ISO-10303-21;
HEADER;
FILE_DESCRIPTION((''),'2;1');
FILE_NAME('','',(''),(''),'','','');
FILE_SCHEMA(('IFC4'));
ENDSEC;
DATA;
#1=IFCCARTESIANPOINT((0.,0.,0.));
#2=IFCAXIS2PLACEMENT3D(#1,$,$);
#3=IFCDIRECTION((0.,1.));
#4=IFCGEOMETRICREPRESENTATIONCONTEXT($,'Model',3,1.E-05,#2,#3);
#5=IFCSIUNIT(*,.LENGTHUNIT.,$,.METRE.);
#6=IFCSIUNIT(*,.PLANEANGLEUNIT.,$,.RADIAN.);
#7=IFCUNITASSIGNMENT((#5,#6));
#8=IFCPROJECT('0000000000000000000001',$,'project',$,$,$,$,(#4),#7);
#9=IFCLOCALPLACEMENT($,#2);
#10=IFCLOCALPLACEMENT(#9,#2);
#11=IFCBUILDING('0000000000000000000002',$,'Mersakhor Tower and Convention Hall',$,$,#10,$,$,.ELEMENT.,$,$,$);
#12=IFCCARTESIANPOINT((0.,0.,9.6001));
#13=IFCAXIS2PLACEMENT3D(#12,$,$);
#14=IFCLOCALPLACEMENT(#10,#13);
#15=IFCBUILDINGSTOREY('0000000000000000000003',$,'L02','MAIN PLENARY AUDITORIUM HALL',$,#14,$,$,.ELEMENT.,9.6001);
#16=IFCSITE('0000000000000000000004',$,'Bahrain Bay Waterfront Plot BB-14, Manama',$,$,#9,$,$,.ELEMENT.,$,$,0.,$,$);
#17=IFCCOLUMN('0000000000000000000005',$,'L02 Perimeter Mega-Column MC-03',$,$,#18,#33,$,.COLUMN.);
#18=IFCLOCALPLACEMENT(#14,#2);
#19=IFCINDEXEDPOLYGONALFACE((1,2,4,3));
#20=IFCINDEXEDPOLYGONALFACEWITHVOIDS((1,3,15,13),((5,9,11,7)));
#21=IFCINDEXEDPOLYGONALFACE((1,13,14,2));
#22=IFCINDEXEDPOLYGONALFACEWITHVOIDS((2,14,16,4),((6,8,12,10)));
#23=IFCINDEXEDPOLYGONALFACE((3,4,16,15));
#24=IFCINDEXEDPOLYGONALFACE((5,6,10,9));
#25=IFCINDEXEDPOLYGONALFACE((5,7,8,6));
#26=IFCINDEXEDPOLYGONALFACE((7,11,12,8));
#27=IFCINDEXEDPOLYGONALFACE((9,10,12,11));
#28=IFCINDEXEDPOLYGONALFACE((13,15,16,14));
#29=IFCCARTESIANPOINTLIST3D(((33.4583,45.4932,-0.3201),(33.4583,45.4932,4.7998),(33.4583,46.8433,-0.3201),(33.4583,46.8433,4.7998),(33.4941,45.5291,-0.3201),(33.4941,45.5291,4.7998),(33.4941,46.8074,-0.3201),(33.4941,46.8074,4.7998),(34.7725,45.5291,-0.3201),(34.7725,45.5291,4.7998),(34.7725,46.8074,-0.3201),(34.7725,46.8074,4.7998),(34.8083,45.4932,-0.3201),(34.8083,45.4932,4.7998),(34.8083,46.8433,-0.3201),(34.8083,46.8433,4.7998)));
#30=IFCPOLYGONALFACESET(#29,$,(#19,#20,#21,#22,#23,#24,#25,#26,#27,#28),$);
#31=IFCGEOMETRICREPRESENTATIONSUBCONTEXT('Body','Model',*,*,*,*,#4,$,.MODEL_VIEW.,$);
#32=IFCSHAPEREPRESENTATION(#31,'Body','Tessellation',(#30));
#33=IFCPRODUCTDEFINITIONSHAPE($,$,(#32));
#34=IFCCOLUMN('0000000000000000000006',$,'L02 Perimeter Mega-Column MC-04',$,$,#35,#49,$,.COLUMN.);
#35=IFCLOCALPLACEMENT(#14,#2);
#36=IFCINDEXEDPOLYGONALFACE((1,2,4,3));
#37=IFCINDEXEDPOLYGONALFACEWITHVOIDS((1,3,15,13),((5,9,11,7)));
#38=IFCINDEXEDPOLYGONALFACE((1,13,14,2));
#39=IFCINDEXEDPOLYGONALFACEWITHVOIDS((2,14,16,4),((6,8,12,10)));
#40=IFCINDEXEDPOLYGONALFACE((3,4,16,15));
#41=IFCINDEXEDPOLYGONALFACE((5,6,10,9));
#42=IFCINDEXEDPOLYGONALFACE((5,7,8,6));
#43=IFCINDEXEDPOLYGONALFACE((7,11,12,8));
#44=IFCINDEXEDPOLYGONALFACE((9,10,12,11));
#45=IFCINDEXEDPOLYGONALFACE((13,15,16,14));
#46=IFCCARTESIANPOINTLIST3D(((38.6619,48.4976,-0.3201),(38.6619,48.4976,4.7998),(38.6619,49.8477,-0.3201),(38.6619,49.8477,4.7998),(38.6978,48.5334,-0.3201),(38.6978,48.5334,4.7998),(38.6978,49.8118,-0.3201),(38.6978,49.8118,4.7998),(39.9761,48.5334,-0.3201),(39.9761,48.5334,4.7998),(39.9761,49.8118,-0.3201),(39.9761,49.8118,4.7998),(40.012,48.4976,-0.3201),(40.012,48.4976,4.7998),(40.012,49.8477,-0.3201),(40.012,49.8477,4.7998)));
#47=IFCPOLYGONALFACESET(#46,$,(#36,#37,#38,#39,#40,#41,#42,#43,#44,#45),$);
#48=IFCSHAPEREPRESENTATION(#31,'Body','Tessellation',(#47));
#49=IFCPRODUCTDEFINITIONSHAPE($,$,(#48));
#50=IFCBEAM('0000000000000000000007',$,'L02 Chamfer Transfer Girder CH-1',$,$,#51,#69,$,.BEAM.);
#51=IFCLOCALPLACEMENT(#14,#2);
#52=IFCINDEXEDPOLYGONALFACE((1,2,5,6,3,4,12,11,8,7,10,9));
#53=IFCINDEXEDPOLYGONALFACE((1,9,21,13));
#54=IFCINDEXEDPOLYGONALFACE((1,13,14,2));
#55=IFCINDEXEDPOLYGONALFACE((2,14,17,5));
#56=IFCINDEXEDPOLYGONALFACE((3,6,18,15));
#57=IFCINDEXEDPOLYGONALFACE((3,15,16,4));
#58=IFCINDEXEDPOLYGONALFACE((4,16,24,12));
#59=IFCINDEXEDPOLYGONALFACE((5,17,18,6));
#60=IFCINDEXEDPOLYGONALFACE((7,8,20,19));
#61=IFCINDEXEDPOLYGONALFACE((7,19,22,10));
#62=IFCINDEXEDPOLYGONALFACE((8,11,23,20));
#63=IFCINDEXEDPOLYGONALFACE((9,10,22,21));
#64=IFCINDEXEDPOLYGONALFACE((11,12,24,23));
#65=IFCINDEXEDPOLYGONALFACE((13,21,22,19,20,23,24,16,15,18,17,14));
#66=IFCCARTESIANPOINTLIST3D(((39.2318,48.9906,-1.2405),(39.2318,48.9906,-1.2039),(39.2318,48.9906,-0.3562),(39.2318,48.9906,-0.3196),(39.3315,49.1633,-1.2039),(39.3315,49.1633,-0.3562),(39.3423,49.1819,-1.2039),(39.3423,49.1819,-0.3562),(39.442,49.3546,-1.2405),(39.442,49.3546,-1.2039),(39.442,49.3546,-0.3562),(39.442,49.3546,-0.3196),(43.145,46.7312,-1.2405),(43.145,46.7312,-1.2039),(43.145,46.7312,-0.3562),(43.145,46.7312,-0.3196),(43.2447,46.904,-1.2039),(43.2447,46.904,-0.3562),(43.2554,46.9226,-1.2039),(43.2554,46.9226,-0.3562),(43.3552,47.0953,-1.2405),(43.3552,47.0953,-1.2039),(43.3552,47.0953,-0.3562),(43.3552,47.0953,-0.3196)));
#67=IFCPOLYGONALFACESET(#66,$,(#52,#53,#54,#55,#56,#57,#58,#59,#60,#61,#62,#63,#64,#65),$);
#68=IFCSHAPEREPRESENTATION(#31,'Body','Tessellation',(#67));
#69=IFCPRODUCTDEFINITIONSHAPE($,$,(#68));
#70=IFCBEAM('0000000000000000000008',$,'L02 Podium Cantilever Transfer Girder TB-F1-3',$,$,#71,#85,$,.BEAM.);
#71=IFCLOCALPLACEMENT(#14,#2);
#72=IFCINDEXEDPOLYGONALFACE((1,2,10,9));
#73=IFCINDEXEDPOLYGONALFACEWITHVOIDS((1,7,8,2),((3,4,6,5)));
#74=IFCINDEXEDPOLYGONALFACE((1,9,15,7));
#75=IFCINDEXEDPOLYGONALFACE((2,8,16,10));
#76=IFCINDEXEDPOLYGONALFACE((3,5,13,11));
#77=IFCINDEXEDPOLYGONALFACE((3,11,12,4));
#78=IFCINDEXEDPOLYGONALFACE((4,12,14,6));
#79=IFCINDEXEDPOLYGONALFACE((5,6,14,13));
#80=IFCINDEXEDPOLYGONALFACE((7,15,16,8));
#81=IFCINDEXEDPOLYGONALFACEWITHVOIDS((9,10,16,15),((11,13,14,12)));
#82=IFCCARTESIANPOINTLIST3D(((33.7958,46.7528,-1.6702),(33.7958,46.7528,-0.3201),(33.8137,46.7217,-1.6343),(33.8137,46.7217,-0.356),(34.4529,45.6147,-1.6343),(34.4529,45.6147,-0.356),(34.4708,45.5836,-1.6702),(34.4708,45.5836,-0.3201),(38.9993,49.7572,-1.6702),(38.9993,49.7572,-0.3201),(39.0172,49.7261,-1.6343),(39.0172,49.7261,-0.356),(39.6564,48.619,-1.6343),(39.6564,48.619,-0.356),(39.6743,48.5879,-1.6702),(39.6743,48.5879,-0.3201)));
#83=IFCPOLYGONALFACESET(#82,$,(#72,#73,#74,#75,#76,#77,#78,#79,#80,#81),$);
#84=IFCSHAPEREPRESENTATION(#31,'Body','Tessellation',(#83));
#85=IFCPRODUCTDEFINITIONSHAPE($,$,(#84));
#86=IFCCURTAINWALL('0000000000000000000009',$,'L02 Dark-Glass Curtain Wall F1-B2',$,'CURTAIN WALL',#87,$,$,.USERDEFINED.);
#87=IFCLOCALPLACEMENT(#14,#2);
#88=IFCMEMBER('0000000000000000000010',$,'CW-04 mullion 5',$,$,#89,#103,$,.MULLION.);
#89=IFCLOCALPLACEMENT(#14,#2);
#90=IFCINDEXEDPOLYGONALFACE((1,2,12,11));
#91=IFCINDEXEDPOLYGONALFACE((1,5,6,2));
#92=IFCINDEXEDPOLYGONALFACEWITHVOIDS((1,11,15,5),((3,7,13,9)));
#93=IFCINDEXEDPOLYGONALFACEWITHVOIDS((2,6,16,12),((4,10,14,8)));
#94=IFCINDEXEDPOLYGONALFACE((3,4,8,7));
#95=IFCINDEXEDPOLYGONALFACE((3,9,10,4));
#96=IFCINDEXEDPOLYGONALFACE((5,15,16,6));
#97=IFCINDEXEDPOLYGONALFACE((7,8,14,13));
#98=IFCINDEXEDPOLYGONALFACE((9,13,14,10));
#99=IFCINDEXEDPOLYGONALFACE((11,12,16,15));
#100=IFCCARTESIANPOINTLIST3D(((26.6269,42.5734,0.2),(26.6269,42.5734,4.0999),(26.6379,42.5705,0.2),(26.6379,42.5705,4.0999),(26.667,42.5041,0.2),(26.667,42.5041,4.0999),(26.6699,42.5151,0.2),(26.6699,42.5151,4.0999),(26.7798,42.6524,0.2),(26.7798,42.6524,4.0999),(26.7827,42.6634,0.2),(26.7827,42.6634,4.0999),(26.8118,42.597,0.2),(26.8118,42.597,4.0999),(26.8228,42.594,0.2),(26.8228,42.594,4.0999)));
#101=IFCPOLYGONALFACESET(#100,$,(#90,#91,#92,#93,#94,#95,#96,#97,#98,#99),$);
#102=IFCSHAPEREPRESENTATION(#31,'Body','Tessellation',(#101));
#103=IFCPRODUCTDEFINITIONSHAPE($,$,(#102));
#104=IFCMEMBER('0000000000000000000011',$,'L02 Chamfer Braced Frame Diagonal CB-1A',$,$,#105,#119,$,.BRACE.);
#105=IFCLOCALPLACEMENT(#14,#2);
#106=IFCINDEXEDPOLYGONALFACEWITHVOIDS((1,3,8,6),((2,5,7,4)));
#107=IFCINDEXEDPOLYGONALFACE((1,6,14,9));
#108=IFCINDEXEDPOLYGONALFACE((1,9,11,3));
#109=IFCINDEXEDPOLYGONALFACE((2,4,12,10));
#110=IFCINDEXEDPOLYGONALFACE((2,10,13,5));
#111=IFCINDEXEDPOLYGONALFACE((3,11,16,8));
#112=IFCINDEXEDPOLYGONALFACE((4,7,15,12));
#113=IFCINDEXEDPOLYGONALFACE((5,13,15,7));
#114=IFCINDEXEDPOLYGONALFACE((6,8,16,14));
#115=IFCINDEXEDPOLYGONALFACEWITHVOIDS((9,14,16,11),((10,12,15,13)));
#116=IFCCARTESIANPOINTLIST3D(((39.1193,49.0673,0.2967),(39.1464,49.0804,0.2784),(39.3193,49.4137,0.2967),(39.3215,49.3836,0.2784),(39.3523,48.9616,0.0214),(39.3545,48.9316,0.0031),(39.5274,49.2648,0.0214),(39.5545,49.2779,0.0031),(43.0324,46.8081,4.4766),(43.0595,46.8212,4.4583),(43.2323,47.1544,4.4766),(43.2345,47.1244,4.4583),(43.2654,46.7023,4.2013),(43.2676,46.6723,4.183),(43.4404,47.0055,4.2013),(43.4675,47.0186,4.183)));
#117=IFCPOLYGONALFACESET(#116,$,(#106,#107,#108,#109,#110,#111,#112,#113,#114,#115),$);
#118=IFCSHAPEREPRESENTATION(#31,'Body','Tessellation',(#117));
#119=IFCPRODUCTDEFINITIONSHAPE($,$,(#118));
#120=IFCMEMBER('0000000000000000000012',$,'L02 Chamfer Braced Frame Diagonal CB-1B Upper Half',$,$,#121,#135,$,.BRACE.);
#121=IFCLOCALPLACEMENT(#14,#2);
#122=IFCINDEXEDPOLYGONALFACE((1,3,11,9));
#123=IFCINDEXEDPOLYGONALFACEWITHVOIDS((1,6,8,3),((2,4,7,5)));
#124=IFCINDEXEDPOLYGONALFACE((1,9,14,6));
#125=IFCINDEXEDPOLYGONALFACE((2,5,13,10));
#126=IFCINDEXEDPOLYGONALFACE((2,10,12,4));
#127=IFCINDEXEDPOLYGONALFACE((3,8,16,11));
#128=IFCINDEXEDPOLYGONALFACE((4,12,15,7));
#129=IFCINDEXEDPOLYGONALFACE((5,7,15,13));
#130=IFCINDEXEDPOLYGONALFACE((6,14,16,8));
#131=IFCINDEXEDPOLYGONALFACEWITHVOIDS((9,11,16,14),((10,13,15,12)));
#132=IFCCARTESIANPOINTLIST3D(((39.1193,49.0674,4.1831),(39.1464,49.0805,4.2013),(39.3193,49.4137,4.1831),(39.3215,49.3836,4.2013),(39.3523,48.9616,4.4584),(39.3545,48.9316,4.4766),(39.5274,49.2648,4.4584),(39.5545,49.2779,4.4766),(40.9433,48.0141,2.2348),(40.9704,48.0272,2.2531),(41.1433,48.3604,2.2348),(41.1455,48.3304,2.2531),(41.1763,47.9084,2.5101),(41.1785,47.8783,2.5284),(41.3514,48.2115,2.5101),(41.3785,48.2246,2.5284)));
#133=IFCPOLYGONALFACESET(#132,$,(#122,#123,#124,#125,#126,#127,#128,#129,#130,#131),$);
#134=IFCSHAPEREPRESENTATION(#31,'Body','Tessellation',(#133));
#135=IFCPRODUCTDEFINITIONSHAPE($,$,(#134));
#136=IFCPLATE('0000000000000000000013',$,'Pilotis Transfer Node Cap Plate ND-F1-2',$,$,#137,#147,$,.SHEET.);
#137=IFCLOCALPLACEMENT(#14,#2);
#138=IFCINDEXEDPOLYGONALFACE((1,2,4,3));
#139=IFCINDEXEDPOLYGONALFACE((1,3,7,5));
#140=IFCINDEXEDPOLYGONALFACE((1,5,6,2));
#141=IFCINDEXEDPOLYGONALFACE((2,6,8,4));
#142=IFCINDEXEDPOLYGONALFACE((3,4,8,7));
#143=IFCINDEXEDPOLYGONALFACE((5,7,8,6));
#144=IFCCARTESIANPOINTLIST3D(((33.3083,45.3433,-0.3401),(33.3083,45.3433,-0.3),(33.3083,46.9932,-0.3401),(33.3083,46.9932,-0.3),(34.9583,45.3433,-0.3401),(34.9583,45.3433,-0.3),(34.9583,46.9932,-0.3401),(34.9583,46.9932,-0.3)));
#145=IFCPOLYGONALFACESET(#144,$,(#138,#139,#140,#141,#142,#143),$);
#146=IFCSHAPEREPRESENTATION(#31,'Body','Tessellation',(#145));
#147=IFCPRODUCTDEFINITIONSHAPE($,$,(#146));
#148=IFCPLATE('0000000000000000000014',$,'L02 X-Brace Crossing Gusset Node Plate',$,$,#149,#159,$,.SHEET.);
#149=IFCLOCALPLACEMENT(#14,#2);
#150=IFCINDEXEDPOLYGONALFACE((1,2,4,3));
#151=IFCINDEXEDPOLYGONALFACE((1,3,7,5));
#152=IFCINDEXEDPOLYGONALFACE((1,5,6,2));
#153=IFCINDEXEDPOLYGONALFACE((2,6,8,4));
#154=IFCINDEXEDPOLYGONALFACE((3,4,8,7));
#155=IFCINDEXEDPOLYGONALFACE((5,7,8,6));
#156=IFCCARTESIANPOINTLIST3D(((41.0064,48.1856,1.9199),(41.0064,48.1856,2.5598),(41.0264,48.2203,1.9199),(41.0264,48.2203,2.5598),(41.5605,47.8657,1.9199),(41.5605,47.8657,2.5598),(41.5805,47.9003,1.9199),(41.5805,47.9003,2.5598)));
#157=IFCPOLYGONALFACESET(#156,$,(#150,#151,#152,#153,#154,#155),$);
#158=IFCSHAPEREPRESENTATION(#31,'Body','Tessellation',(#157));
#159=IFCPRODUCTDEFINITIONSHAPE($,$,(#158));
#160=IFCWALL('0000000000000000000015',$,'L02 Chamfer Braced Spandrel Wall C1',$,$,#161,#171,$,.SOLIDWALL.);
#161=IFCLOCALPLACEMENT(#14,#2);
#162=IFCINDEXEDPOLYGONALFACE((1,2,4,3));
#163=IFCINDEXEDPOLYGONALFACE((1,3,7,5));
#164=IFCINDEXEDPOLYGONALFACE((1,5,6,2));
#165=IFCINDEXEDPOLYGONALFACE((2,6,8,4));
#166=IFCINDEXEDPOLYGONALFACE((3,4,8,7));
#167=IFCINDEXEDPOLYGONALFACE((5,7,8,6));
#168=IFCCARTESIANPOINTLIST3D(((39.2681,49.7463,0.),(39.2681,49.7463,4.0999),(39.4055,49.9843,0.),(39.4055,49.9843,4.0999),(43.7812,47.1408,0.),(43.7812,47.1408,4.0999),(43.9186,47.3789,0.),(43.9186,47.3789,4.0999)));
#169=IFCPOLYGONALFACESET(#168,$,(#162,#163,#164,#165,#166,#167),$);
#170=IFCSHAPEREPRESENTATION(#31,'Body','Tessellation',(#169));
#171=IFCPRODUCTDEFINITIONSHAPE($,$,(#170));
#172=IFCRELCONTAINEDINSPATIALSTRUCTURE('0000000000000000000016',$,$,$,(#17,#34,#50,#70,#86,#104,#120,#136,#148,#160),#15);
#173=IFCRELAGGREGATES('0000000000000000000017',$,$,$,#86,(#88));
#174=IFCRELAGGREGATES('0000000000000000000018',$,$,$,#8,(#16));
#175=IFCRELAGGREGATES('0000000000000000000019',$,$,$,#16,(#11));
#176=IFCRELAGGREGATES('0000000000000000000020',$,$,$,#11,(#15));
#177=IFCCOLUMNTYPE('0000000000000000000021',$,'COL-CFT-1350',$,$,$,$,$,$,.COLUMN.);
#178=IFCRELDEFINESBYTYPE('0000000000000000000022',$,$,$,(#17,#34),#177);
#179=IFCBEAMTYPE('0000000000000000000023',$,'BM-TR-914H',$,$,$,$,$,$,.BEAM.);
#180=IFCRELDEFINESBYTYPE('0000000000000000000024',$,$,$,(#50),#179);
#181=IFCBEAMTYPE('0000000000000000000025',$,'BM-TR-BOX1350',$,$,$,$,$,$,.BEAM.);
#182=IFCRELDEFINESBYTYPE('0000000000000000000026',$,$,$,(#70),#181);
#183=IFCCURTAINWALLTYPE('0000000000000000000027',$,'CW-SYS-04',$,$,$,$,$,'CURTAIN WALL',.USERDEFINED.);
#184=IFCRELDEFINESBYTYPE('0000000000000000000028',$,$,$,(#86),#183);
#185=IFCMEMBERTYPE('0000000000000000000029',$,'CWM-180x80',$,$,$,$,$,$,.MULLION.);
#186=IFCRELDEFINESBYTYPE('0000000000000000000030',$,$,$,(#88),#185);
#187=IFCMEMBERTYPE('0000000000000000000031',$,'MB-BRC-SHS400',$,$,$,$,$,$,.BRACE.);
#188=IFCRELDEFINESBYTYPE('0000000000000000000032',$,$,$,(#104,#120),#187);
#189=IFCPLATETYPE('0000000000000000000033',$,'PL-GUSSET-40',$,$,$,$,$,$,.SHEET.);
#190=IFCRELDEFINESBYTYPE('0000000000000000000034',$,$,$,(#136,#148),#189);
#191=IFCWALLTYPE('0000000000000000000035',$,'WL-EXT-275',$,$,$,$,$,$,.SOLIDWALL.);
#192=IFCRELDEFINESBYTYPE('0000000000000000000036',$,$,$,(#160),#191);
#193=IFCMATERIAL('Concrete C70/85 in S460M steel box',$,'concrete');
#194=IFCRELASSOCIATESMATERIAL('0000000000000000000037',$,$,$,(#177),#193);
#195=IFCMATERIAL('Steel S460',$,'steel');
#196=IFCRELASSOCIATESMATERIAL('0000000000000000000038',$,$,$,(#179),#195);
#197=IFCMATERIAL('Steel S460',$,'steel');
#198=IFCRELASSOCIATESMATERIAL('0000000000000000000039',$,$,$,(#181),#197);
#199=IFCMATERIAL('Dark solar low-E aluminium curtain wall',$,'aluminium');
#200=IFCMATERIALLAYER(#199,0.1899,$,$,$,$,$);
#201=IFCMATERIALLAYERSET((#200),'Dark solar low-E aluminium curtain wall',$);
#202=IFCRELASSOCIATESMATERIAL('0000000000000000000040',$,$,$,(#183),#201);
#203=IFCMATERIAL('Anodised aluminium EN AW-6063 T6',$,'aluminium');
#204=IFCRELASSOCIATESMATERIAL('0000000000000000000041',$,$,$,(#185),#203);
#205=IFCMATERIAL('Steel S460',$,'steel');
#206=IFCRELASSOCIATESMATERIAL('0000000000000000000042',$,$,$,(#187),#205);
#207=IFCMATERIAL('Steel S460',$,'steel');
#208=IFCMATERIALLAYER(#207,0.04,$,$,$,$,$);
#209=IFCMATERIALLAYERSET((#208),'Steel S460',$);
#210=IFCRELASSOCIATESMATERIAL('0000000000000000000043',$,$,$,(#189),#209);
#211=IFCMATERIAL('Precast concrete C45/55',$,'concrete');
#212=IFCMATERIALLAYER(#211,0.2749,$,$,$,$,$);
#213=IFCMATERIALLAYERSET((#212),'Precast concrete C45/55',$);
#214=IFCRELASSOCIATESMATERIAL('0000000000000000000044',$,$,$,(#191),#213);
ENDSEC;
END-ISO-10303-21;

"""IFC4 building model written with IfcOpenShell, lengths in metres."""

from ifc_helpers import new_model, si_unit, direction, frame, frame_2d, origin, origin_2d, place, context, subcontext, project, spatial, rectangle, hollow_rectangle, i_section, extrude, material, layer, layer_set, material_profile, profile_set, type_object, element, aggregate, save


model = new_model("IFC4")

# Units and contexts
model_context = context("Model", 3, precision=1e-05, world=origin(), true_north=direction((0.0, 1.0)))
body_context = subcontext(model_context, "Body", "Model", "MODEL_VIEW")
ifc_project = project(units=[si_unit("LENGTHUNIT", "METRE"), si_unit("PLANEANGLEUNIT", "RADIAN")], contexts=[model_context])

# Site, building, storey
site_placement = place(None, origin())
site = spatial("IfcSite", under=ifc_project, at=site_placement, Name="Bahrain Bay Waterfront Plot BB-14, Manama", CompositionType="ELEMENT", RefElevation=0.0)
building_placement = place(site_placement, origin())
building = spatial("IfcBuilding", under=site, at=building_placement, Name="Mersakhor Tower and Convention Hall", CompositionType="ELEMENT")
storey_placement = place(building_placement, frame((0.0, 0.0, 9.6001)))
storey = spatial("IfcBuildingStorey", under=building, at=storey_placement, Name="L02", Description="MAIN PLENARY AUDITORIUM HALL", CompositionType="ELEMENT", Elevation=9.6001)

# Columns
ifc_material_1 = material(Name="Concrete C70/85 in S460M steel box", Category="concrete")
ifc_material_profile_1 = material_profile(ifc_material_1, hollow_rectangle(XDim=1.3501, YDim=1.3501, WallThickness=0.0359, at=origin_2d()), Name="SHS 1350x1350x36")
ifc_profile_set_1 = profile_set([ifc_material_profile_1], Name="Concrete C70/85 in S460M steel box")
column_type = type_object("IfcColumnType", Name="COL-CFT-1350", PredefinedType="COLUMN", material=ifc_profile_set_1)
for number, where, z_axis, x_axis, name in (
    (1, (34.1333, 46.1682, -0.3201), (0.0, 0.0, 1.0), (1.0, 0.0, 0.0), "L02 Perimeter Mega-Column MC-03"),
    (2, (39.3369, 49.1726, -0.3201), (0.0, 0.0, 1.0), (1.0, 0.0, 0.0), "L02 Perimeter Mega-Column MC-04"),
):
    element("IfcColumn", number, at=place(storey_placement, frame(where, z_axis=z_axis, x_axis=x_axis)), inside=storey, type_object=column_type, Name=name, PredefinedType="COLUMN", context=body_context, shape_type="SweptSolid", body=[
        extrude(hollow_rectangle(XDim=1.3501, YDim=1.3501, WallThickness=0.0359, at=origin_2d()), origin(), (0.0, 0.0, 1.0), 5.1199),
    ])

# Beams
ifc_material_2 = material(Name="Steel S460", Category="steel")
ifc_material_profile_2 = material_profile(ifc_material_2, i_section(OverallWidth=0.4204, OverallDepth=0.9209, WebThickness=0.0215, FlangeThickness=0.0366, at=origin_2d()), Name="UB 914x419x388")
ifc_profile_set_2 = profile_set([ifc_material_profile_2], Name="Steel S460")
beam_type_1 = type_object("IfcBeamType", Name="BM-TR-914H", PredefinedType="BEAM", material=ifc_profile_set_2)
beam_1_placement = place(storey_placement, frame((39.3369, 49.1726, -0.78), z_axis=(0.86602, -0.500009, 0.0), x_axis=(0.500009, 0.86602, 0.0)))
element("IfcBeam", 3, at=beam_1_placement, inside=storey, type_object=beam_type_1, Name="L02 Chamfer Transfer Girder CH-1", PredefinedType="BEAM", context=body_context, shape_type="SweptSolid", body=[
    extrude(i_section(OverallWidth=0.4204, OverallDepth=0.9209, WebThickness=0.0215, FlangeThickness=0.0366, at=origin_2d()), origin(), (0.0, 0.0, 1.0), 4.5186),
])
ifc_material_3 = material(Name="Steel S460", Category="steel")
ifc_material_profile_3 = material_profile(ifc_material_3, hollow_rectangle(XDim=1.3501, YDim=1.3501, WallThickness=0.0359, at=origin_2d()), Name="SHS 1350x1350x36")
ifc_profile_set_3 = profile_set([ifc_material_profile_3], Name="Steel S460")
beam_type_2 = type_object("IfcBeamType", Name="BM-TR-BOX1350", PredefinedType="BEAM", material=ifc_profile_set_3)
beam_2_placement = place(storey_placement, frame((34.1333, 46.1682, -0.9951), z_axis=(0.866019, 0.500011, 0.0), x_axis=(-0.500011, 0.866019, 0.0)))
element("IfcBeam", 4, at=beam_2_placement, inside=storey, type_object=beam_type_2, Name="L02 Podium Cantilever Transfer Girder TB-F1-3", PredefinedType="BEAM", context=body_context, shape_type="SweptSolid", body=[
    extrude(hollow_rectangle(XDim=1.3501, YDim=1.3501, WallThickness=0.0359, at=origin_2d()), origin(), (0.0, 0.0, 1.0), 6.0085),
])

# Curtain wall, member
ifc_material_4 = material(Name="Dark solar low-E aluminium curtain wall", Category="aluminium")
ifc_layer_1 = layer(ifc_material_4, 0.1899)
ifc_layer_set_1 = layer_set([ifc_layer_1], Name="Dark solar low-E aluminium curtain wall")
curtain_wall_type = type_object("IfcCurtainWallType", Name="CW-SYS-04", ElementType="CURTAIN WALL", PredefinedType="USERDEFINED", material=ifc_layer_set_1)
curtain_wall_placement = place(storey_placement, origin())
curtain_wall = element("IfcCurtainWall", 5, at=curtain_wall_placement, inside=storey, type_object=curtain_wall_type, Name="L02 Dark-Glass Curtain Wall F1-B2", ObjectType="CURTAIN WALL", PredefinedType="USERDEFINED")
ifc_material_5 = material(Name="Anodised aluminium EN AW-6063 T6", Category="aluminium")
ifc_material_profile_4 = material_profile(ifc_material_5, hollow_rectangle(XDim=0.0801, YDim=0.1799, WallThickness=0.0081, at=origin_2d()), Name="RHS 180x80x8")
ifc_profile_set_4 = profile_set([ifc_material_profile_4], Name="Anodised aluminium EN AW-6063 T6")
member_type_1 = type_object("IfcMemberType", Name="CWM-180x80", PredefinedType="MULLION", material=ifc_profile_set_4)
member_1_placement = place(storey_placement, frame((26.7249, 42.5837, 0.2), z_axis=(0.0, 0.0, 1.0), x_axis=(-0.500003, 0.866023, 0.0)))
member_1 = element("IfcMember", 6, at=member_1_placement, type_object=member_type_1, Name="CW-04 mullion 5", PredefinedType="MULLION", context=body_context, shape_type="SweptSolid", body=[
    extrude(hollow_rectangle(XDim=0.0801, YDim=0.1799, WallThickness=0.0081, at=origin_2d()), origin(), (0.0, 0.0, 1.0), 3.8999),
])
aggregate(curtain_wall, [member_1])

# Members
ifc_material_6 = material(Name="Steel S460", Category="steel")
ifc_material_profile_5 = material_profile(ifc_material_6, hollow_rectangle(XDim=0.3999, YDim=0.3999, WallThickness=0.0249, at=origin_2d()), Name="SHS 400x400x25")
ifc_profile_set_5 = profile_set([ifc_material_profile_5], Name="Steel S460")
member_type_2 = type_object("IfcMemberType", Name="MB-BRC-SHS400", PredefinedType="BRACE", material=ifc_profile_set_5)
member_2_placement = place(storey_placement, frame((39.3369, 49.1726, 0.1499), z_axis=(0.635721, -0.367043, 0.679072), x_axis=(0.500009, 0.86602, 0.0)))
element("IfcMember", 7, at=member_2_placement, inside=storey, type_object=member_type_2, Name="L02 Chamfer Braced Frame Diagonal CB-1A", PredefinedType="BRACE", context=body_context, shape_type="SweptSolid", body=[
    extrude(hollow_rectangle(XDim=0.3999, YDim=0.3999, WallThickness=0.0249, at=origin_2d()), origin(), (0.0, 0.0, 1.0), 6.1553),
])
member_3_placement = place(storey_placement, frame((41.1609, 48.1194, 2.3816), z_axis=(-0.635728, 0.36709, 0.67904), x_axis=(-0.500054, -0.865994, 0.0)))
element("IfcMember", 8, at=member_3_placement, inside=storey, type_object=member_type_2, Name="L02 Chamfer Braced Frame Diagonal CB-1B Upper Half", PredefinedType="BRACE", context=body_context, shape_type="SweptSolid", body=[
    extrude(hollow_rectangle(XDim=0.3999, YDim=0.3999, WallThickness=0.0249, at=origin_2d()), origin(), (0.0, 0.0, 1.0), 2.8691),
])

# Plates
ifc_material_7 = material(Name="Steel S460", Category="steel")
ifc_layer_2 = layer(ifc_material_7, 0.04)
ifc_layer_set_2 = layer_set([ifc_layer_2], Name="Steel S460")
plate_type = type_object("IfcPlateType", Name="PL-GUSSET-40", PredefinedType="SHEET", material=ifc_layer_set_2)
plate_1_placement = place(storey_placement, frame((34.1333, 46.1682, -0.3401), z_axis=(0.0, 0.0, 1.0), x_axis=(1.0, 0.0, 0.0)))
element("IfcPlate", 9, at=plate_1_placement, inside=storey, type_object=plate_type, Name="Pilotis Transfer Node Cap Plate ND-F1-2", PredefinedType="SHEET", context=body_context, shape_type="SweptSolid", body=[
    extrude(rectangle(XDim=1.6499, YDim=1.6499, at=origin_2d()), origin(), (0.0, 0.0, 1.0), 0.04),
])
plate_2_placement = place(storey_placement, frame((41.2935, 48.043, 1.9199), z_axis=(0.0, 0.0, 1.0), x_axis=(-0.866025, 0.5, 0.0)))
element("IfcPlate", 10, at=plate_2_placement, inside=storey, type_object=plate_type, Name="L02 X-Brace Crossing Gusset Node Plate", PredefinedType="SHEET", context=body_context, shape_type="SweptSolid", body=[
    extrude(rectangle(XDim=0.6399, YDim=0.04, at=origin_2d()), origin(), (0.0, 0.0, 1.0), 0.6399),
])

# Wall
ifc_material_8 = material(Name="Precast concrete C45/55", Category="concrete")
ifc_layer_3 = layer(ifc_material_8, 0.2749)
ifc_layer_set_3 = layer_set([ifc_layer_3], Name="Precast concrete C45/55")
wall_type_1 = type_object("IfcWallType", Name="WL-EXT-275", PredefinedType="SOLIDWALL", material=ifc_layer_set_3)
wall_1_placement = place(storey_placement, frame((39.3369, 49.8652, 0.0), z_axis=(0.0, 0.0, 1.0), x_axis=(0.866044, -0.499968, 0.0)))
element("IfcWall", 11, at=wall_1_placement, inside=storey, type_object=wall_type_1, Name="L02 Chamfer Braced Spandrel Wall C1", PredefinedType="SOLIDWALL", context=body_context, shape_type="SweptSolid", body=[
    extrude(rectangle(XDim=5.2112, YDim=0.2749, at=frame_2d((2.6055, 0.0))), origin(), (0.0, 0.0, 1.0), 4.0999),
])

save(model, "model.ifc")
